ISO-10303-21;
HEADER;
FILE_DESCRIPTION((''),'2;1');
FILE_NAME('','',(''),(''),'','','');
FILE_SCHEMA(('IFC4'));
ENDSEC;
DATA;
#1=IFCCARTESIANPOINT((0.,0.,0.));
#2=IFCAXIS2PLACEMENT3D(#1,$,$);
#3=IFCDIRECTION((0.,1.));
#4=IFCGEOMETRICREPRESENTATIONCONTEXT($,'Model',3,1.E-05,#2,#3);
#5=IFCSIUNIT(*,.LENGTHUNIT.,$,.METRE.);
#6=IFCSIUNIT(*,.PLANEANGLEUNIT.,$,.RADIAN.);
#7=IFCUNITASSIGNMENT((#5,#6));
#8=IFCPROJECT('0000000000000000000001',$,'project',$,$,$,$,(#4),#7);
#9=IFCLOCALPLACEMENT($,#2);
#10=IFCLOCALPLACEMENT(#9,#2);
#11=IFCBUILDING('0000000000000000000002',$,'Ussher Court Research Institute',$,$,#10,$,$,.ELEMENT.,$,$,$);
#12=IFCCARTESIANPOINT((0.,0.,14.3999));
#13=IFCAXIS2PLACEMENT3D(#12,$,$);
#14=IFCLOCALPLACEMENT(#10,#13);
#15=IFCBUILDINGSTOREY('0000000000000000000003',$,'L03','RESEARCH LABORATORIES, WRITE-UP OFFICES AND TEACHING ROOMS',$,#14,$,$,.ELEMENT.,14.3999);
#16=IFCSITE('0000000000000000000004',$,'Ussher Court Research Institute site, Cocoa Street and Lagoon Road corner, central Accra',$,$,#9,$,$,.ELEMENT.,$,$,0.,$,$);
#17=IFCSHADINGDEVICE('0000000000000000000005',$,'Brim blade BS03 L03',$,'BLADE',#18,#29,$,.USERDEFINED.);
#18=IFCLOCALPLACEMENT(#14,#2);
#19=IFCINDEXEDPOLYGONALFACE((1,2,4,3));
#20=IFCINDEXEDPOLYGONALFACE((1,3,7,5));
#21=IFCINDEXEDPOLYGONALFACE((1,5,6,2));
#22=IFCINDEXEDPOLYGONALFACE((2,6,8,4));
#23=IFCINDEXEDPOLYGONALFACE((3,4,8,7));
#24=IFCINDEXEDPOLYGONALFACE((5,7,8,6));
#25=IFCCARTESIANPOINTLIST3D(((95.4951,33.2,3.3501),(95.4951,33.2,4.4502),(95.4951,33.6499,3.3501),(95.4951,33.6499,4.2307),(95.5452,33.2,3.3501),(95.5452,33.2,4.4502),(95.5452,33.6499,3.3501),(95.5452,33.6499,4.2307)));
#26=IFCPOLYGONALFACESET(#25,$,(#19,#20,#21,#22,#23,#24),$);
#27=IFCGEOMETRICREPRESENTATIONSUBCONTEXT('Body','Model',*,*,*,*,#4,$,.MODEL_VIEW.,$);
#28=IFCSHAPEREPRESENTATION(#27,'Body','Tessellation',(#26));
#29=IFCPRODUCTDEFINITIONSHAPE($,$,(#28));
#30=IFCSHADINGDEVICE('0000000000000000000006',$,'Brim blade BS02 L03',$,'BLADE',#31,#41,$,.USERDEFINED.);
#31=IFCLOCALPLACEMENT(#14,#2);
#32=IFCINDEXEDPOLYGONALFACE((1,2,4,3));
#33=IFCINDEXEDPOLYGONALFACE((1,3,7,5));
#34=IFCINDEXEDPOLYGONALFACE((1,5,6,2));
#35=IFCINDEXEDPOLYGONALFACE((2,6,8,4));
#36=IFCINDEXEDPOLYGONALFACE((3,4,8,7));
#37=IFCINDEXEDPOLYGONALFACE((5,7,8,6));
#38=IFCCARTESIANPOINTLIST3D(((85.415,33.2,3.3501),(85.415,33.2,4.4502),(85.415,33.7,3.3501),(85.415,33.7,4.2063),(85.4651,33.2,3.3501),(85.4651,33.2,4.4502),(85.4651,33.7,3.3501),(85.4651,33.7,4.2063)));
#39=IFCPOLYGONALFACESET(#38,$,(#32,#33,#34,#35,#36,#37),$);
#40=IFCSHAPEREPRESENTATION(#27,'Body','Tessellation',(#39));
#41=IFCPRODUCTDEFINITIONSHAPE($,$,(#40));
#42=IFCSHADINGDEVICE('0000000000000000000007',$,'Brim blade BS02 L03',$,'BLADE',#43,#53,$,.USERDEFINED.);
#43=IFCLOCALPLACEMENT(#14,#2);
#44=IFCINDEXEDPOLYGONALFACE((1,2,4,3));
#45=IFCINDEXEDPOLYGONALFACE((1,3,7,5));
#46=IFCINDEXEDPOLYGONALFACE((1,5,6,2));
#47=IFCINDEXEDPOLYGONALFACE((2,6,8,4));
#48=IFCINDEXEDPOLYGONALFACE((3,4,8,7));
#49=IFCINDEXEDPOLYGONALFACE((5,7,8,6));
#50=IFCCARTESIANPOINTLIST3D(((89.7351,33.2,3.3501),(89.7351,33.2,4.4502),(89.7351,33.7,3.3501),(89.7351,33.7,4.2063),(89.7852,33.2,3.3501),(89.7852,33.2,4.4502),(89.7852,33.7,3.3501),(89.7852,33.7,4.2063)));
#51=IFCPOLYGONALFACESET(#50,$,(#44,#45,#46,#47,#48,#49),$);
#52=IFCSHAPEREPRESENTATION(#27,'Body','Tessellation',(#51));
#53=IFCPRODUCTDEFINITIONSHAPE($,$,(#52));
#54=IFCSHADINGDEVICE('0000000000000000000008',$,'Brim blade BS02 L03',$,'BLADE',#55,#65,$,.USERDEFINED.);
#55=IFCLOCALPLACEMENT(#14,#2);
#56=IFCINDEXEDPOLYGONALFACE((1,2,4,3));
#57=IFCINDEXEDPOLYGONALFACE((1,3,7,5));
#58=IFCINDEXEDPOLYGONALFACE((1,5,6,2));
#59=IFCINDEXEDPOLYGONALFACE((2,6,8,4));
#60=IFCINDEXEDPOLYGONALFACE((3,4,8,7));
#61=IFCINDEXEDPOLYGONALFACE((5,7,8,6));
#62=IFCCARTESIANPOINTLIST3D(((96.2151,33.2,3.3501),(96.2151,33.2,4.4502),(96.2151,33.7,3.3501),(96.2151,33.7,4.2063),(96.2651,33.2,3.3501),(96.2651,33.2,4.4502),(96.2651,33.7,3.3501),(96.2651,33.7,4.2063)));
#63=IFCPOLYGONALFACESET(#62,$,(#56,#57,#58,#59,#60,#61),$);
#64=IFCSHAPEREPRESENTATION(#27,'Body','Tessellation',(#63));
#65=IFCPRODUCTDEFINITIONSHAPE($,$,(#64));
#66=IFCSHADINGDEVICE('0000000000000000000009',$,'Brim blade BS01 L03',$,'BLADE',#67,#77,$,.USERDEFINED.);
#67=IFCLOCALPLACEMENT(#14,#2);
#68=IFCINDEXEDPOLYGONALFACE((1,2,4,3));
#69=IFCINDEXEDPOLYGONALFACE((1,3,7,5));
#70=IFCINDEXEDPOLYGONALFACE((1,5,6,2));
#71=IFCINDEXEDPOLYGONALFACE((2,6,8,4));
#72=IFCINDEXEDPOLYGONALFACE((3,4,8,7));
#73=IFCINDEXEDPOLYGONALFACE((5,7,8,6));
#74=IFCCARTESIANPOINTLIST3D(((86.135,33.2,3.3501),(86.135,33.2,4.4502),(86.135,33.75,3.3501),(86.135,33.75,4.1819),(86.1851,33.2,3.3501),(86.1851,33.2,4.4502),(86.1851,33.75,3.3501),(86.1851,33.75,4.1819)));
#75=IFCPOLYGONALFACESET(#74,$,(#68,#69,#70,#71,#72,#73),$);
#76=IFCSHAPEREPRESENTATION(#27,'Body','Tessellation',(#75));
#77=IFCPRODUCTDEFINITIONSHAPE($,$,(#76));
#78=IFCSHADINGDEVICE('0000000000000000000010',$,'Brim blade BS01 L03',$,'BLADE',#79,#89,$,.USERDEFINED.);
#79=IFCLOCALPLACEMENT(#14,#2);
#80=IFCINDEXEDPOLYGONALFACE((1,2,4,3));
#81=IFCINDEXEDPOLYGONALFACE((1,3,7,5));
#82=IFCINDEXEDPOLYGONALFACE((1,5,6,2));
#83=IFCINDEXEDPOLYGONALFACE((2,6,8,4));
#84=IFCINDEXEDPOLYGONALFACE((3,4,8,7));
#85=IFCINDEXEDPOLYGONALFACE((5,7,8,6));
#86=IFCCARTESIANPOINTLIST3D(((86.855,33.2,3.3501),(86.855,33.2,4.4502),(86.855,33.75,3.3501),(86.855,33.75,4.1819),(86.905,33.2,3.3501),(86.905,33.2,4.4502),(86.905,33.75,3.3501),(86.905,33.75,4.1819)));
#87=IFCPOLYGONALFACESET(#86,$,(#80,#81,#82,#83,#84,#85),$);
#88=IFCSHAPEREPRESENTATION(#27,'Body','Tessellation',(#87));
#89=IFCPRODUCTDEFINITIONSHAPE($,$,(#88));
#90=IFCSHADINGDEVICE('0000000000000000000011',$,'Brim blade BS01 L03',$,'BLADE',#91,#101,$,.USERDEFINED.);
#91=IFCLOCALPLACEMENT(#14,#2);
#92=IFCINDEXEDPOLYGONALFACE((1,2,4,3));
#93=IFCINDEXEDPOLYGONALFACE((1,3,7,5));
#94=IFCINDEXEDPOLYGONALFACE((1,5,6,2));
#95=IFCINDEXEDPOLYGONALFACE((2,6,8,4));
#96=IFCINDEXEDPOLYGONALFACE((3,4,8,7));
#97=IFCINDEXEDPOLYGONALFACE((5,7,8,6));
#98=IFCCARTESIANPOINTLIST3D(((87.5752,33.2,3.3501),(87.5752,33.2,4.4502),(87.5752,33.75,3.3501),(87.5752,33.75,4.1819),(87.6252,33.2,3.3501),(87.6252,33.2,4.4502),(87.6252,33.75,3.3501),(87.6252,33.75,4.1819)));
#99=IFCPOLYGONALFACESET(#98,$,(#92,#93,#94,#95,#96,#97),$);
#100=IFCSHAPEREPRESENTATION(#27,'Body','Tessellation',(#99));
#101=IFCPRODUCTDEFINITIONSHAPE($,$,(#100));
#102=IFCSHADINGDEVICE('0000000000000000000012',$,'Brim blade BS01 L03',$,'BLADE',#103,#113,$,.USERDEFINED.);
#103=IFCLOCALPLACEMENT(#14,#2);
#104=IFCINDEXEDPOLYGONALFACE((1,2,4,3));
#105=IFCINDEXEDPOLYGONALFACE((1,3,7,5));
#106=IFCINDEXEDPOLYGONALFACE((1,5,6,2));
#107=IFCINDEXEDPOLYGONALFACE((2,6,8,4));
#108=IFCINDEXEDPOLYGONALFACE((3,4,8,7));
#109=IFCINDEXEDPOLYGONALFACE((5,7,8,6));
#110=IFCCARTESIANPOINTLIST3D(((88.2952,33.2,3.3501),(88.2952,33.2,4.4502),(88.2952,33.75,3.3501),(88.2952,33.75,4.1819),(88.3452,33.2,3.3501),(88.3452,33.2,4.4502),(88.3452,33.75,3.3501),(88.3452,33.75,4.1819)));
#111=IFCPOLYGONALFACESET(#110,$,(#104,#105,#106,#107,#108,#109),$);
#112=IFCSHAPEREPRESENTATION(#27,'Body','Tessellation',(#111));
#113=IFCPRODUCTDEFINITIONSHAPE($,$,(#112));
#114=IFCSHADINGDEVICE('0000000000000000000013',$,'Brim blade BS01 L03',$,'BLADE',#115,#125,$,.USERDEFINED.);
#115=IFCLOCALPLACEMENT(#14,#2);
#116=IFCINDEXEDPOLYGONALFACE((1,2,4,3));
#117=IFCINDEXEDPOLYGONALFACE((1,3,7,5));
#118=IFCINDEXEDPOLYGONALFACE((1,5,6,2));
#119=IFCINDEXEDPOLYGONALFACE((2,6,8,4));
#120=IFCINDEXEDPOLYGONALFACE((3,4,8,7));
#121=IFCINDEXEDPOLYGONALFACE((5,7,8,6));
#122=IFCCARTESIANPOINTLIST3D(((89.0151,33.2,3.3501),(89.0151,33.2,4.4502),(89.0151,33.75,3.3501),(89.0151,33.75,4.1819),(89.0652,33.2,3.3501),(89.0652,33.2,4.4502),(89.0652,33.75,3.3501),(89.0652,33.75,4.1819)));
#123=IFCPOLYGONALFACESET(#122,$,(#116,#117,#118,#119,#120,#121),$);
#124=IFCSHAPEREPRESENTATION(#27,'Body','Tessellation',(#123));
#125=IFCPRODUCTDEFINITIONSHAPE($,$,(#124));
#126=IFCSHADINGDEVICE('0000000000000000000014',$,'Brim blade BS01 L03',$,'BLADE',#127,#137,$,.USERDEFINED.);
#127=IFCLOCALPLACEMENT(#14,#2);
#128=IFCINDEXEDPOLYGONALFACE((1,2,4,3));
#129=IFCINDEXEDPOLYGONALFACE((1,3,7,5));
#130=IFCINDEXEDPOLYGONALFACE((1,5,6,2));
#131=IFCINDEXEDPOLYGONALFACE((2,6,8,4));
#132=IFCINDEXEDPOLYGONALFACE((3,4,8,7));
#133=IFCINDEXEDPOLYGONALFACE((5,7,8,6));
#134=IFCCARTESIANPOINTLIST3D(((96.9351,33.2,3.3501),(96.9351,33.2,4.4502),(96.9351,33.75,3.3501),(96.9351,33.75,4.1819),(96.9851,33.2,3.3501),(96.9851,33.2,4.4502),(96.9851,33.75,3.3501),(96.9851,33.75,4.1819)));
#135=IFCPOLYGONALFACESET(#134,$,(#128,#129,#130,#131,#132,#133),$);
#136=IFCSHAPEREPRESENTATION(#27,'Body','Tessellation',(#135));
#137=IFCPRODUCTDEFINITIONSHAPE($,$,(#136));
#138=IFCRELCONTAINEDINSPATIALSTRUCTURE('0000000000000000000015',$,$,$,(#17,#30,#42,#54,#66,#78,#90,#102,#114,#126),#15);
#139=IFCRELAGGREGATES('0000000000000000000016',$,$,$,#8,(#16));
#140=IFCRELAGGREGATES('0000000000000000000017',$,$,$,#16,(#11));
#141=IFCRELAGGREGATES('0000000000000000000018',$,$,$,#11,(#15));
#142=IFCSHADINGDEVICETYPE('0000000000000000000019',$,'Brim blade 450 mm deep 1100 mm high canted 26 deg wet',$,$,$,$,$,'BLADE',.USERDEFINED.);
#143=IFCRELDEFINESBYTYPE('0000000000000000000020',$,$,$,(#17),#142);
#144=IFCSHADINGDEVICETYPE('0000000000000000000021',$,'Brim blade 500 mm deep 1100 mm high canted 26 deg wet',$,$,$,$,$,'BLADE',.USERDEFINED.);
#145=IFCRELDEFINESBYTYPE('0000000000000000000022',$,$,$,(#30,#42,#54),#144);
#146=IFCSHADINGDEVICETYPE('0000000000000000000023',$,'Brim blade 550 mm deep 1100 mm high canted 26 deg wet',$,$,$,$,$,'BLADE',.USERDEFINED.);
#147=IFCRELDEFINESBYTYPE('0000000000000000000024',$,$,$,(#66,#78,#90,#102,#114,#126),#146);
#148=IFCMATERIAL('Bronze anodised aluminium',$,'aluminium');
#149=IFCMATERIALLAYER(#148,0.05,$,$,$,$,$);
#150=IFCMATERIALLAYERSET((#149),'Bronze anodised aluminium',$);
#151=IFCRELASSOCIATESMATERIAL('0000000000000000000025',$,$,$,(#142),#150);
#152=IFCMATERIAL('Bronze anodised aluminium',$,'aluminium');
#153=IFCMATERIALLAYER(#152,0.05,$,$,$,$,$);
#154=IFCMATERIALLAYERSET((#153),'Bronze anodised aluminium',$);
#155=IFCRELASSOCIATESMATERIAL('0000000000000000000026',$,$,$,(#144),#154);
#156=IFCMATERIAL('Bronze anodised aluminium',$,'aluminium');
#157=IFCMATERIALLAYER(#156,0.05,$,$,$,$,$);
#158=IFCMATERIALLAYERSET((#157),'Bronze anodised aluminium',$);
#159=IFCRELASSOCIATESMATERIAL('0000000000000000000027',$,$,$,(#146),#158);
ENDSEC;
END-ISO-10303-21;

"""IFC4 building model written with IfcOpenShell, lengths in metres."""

from ifc_helpers import new_model, si_unit, direction, frame, origin, place, context, subcontext, project, spatial, polyline, outline, extrude, material, layer, layer_set, type_object, element, save


model = new_model("IFC4")

# Units and contexts
model_context = context("Model", 3, precision=1e-05, world=origin(), true_north=direction((0.0, 1.0)))
body_context = subcontext(model_context, "Body", "Model", "MODEL_VIEW")
ifc_project = project(units=[si_unit("LENGTHUNIT", "METRE"), si_unit("PLANEANGLEUNIT", "RADIAN")], contexts=[model_context])

# Site, building, storey
site_placement = place(None, origin())
site = spatial("IfcSite", under=ifc_project, at=site_placement, Name="Ussher Court Research Institute site, Cocoa Street and Lagoon Road corner, central Accra", CompositionType="ELEMENT", RefElevation=0.0)
building_placement = place(site_placement, origin())
building = spatial("IfcBuilding", under=site, at=building_placement, Name="Ussher Court Research Institute", CompositionType="ELEMENT")
storey_placement = place(building_placement, frame((0.0, 0.0, 14.3999)))
storey = spatial("IfcBuildingStorey", under=building, at=storey_placement, Name="L03", Description="RESEARCH LABORATORIES, WRITE-UP OFFICES AND TEACHING ROOMS", CompositionType="ELEMENT", Elevation=14.3999)

# Shading devices
ifc_material_1 = material(Name="Bronze anodised aluminium", Category="aluminium")
ifc_layer_1 = layer(ifc_material_1, 0.05)
ifc_layer_set_1 = layer_set([ifc_layer_1], Name="Bronze anodised aluminium")
shading_device_type_1 = type_object("IfcShadingDeviceType", Name="Brim blade 450 mm deep 1100 mm high canted 26 deg wet", ElementType="BLADE", PredefinedType="USERDEFINED", material=ifc_layer_set_1)
for number, where, z_axis, x_axis, name in (
    (1, (95.52, 33.2, 3.3501), (0.0, 0.0, 1.0), (0.0, 1.0, 0.0), "Brim blade BS03 L03"),
):
    element("IfcShadingDevice", number, at=place(storey_placement, frame(where, z_axis=z_axis, x_axis=x_axis)), inside=storey, type_object=shading_device_type_1, Name=name, ObjectType="BLADE", PredefinedType="USERDEFINED", context=body_context, shape_type="SweptSolid", body=[
        extrude(outline(polyline([(0.0, 0.0), (0.45, 0.0), (0.45, 0.8806), (0.0, 1.1001), (0.0, 0.0)])), frame((0.0, 0.0249, 0.0), z_axis=(0.0, -1.0, 0.0), x_axis=(1.0, 0.0, 0.0)), (0.0, 0.0, 1.0), 0.05),
    ])
ifc_material_2 = material(Name="Bronze anodised aluminium", Category="aluminium")
ifc_layer_2 = layer(ifc_material_2, 0.05)
ifc_layer_set_2 = layer_set([ifc_layer_2], Name="Bronze anodised aluminium")
shading_device_type_2 = type_object("IfcShadingDeviceType", Name="Brim blade 500 mm deep 1100 mm high canted 26 deg wet", ElementType="BLADE", PredefinedType="USERDEFINED", material=ifc_layer_set_2)
for number, where, z_axis, x_axis, name in (
    (2, (85.4399, 33.2, 3.3501), (0.0, 0.0, 1.0), (0.0, 1.0, 0.0), "Brim blade BS02 L03"),
    (3, (89.76, 33.2, 3.3501), (0.0, 0.0, 1.0), (0.0, 1.0, 0.0), "Brim blade BS02 L03"),
    (4, (96.24, 33.2, 3.3501), (0.0, 0.0, 1.0), (0.0, 1.0, 0.0), "Brim blade BS02 L03"),
):
    element("IfcShadingDevice", number, at=place(storey_placement, frame(where, z_axis=z_axis, x_axis=x_axis)), inside=storey, type_object=shading_device_type_2, Name=name, ObjectType="BLADE", PredefinedType="USERDEFINED", context=body_context, shape_type="SweptSolid", body=[
        extrude(outline(polyline([(0.0, 0.0), (0.5, 0.0), (0.5, 0.8562), (0.0, 1.1001), (0.0, 0.0)])), frame((0.0, 0.0249, 0.0), z_axis=(0.0, -1.0, 0.0), x_axis=(1.0, 0.0, 0.0)), (0.0, 0.0, 1.0), 0.05),
    ])
ifc_material_3 = material(Name="Bronze anodised aluminium", Category="aluminium")
ifc_layer_3 = layer(ifc_material_3, 0.05)
ifc_layer_set_3 = layer_set([ifc_layer_3], Name="Bronze anodised aluminium")
shading_device_type_3 = type_object("IfcShadingDeviceType", Name="Brim blade 550 mm deep 1100 mm high canted 26 deg wet", ElementType="BLADE", PredefinedType="USERDEFINED", material=ifc_layer_set_3)
for number, where, z_axis, x_axis, name in (
    (5, (86.1599, 33.2, 3.3501), (0.0, 0.0, 1.0), (0.0, 1.0, 0.0), "Brim blade BS01 L03"),
    (6, (86.8799, 33.2, 3.3501), (0.0, 0.0, 1.0), (0.0, 1.0, 0.0), "Brim blade BS01 L03"),
    (7, (87.6001, 33.2, 3.3501), (0.0, 0.0, 1.0), (0.0, 1.0, 0.0), "Brim blade BS01 L03"),
    (8, (88.3201, 33.2, 3.3501), (0.0, 0.0, 1.0), (0.0, 1.0, 0.0), "Brim blade BS01 L03"),
    (9, (89.04, 33.2, 3.3501), (0.0, 0.0, 1.0), (0.0, 1.0, 0.0), "Brim blade BS01 L03"),
    (10, (96.96, 33.2, 3.3501), (0.0, 0.0, 1.0), (0.0, 1.0, 0.0), "Brim blade BS01 L03"),
):
    element("IfcShadingDevice", number, at=place(storey_placement, frame(where, z_axis=z_axis, x_axis=x_axis)), inside=storey, type_object=shading_device_type_3, Name=name, ObjectType="BLADE", PredefinedType="USERDEFINED", context=body_context, shape_type="SweptSolid", body=[
        extrude(outline(polyline([(0.0, 0.0), (0.55, 0.0), (0.55, 0.8318), (0.0, 1.1001), (0.0, 0.0)])), frame((0.0, 0.0249, 0.0), z_axis=(0.0, -1.0, 0.0), x_axis=(1.0, 0.0, 0.0)), (0.0, 0.0, 1.0), 0.05),
    ])

save(model, "model.ifc")
